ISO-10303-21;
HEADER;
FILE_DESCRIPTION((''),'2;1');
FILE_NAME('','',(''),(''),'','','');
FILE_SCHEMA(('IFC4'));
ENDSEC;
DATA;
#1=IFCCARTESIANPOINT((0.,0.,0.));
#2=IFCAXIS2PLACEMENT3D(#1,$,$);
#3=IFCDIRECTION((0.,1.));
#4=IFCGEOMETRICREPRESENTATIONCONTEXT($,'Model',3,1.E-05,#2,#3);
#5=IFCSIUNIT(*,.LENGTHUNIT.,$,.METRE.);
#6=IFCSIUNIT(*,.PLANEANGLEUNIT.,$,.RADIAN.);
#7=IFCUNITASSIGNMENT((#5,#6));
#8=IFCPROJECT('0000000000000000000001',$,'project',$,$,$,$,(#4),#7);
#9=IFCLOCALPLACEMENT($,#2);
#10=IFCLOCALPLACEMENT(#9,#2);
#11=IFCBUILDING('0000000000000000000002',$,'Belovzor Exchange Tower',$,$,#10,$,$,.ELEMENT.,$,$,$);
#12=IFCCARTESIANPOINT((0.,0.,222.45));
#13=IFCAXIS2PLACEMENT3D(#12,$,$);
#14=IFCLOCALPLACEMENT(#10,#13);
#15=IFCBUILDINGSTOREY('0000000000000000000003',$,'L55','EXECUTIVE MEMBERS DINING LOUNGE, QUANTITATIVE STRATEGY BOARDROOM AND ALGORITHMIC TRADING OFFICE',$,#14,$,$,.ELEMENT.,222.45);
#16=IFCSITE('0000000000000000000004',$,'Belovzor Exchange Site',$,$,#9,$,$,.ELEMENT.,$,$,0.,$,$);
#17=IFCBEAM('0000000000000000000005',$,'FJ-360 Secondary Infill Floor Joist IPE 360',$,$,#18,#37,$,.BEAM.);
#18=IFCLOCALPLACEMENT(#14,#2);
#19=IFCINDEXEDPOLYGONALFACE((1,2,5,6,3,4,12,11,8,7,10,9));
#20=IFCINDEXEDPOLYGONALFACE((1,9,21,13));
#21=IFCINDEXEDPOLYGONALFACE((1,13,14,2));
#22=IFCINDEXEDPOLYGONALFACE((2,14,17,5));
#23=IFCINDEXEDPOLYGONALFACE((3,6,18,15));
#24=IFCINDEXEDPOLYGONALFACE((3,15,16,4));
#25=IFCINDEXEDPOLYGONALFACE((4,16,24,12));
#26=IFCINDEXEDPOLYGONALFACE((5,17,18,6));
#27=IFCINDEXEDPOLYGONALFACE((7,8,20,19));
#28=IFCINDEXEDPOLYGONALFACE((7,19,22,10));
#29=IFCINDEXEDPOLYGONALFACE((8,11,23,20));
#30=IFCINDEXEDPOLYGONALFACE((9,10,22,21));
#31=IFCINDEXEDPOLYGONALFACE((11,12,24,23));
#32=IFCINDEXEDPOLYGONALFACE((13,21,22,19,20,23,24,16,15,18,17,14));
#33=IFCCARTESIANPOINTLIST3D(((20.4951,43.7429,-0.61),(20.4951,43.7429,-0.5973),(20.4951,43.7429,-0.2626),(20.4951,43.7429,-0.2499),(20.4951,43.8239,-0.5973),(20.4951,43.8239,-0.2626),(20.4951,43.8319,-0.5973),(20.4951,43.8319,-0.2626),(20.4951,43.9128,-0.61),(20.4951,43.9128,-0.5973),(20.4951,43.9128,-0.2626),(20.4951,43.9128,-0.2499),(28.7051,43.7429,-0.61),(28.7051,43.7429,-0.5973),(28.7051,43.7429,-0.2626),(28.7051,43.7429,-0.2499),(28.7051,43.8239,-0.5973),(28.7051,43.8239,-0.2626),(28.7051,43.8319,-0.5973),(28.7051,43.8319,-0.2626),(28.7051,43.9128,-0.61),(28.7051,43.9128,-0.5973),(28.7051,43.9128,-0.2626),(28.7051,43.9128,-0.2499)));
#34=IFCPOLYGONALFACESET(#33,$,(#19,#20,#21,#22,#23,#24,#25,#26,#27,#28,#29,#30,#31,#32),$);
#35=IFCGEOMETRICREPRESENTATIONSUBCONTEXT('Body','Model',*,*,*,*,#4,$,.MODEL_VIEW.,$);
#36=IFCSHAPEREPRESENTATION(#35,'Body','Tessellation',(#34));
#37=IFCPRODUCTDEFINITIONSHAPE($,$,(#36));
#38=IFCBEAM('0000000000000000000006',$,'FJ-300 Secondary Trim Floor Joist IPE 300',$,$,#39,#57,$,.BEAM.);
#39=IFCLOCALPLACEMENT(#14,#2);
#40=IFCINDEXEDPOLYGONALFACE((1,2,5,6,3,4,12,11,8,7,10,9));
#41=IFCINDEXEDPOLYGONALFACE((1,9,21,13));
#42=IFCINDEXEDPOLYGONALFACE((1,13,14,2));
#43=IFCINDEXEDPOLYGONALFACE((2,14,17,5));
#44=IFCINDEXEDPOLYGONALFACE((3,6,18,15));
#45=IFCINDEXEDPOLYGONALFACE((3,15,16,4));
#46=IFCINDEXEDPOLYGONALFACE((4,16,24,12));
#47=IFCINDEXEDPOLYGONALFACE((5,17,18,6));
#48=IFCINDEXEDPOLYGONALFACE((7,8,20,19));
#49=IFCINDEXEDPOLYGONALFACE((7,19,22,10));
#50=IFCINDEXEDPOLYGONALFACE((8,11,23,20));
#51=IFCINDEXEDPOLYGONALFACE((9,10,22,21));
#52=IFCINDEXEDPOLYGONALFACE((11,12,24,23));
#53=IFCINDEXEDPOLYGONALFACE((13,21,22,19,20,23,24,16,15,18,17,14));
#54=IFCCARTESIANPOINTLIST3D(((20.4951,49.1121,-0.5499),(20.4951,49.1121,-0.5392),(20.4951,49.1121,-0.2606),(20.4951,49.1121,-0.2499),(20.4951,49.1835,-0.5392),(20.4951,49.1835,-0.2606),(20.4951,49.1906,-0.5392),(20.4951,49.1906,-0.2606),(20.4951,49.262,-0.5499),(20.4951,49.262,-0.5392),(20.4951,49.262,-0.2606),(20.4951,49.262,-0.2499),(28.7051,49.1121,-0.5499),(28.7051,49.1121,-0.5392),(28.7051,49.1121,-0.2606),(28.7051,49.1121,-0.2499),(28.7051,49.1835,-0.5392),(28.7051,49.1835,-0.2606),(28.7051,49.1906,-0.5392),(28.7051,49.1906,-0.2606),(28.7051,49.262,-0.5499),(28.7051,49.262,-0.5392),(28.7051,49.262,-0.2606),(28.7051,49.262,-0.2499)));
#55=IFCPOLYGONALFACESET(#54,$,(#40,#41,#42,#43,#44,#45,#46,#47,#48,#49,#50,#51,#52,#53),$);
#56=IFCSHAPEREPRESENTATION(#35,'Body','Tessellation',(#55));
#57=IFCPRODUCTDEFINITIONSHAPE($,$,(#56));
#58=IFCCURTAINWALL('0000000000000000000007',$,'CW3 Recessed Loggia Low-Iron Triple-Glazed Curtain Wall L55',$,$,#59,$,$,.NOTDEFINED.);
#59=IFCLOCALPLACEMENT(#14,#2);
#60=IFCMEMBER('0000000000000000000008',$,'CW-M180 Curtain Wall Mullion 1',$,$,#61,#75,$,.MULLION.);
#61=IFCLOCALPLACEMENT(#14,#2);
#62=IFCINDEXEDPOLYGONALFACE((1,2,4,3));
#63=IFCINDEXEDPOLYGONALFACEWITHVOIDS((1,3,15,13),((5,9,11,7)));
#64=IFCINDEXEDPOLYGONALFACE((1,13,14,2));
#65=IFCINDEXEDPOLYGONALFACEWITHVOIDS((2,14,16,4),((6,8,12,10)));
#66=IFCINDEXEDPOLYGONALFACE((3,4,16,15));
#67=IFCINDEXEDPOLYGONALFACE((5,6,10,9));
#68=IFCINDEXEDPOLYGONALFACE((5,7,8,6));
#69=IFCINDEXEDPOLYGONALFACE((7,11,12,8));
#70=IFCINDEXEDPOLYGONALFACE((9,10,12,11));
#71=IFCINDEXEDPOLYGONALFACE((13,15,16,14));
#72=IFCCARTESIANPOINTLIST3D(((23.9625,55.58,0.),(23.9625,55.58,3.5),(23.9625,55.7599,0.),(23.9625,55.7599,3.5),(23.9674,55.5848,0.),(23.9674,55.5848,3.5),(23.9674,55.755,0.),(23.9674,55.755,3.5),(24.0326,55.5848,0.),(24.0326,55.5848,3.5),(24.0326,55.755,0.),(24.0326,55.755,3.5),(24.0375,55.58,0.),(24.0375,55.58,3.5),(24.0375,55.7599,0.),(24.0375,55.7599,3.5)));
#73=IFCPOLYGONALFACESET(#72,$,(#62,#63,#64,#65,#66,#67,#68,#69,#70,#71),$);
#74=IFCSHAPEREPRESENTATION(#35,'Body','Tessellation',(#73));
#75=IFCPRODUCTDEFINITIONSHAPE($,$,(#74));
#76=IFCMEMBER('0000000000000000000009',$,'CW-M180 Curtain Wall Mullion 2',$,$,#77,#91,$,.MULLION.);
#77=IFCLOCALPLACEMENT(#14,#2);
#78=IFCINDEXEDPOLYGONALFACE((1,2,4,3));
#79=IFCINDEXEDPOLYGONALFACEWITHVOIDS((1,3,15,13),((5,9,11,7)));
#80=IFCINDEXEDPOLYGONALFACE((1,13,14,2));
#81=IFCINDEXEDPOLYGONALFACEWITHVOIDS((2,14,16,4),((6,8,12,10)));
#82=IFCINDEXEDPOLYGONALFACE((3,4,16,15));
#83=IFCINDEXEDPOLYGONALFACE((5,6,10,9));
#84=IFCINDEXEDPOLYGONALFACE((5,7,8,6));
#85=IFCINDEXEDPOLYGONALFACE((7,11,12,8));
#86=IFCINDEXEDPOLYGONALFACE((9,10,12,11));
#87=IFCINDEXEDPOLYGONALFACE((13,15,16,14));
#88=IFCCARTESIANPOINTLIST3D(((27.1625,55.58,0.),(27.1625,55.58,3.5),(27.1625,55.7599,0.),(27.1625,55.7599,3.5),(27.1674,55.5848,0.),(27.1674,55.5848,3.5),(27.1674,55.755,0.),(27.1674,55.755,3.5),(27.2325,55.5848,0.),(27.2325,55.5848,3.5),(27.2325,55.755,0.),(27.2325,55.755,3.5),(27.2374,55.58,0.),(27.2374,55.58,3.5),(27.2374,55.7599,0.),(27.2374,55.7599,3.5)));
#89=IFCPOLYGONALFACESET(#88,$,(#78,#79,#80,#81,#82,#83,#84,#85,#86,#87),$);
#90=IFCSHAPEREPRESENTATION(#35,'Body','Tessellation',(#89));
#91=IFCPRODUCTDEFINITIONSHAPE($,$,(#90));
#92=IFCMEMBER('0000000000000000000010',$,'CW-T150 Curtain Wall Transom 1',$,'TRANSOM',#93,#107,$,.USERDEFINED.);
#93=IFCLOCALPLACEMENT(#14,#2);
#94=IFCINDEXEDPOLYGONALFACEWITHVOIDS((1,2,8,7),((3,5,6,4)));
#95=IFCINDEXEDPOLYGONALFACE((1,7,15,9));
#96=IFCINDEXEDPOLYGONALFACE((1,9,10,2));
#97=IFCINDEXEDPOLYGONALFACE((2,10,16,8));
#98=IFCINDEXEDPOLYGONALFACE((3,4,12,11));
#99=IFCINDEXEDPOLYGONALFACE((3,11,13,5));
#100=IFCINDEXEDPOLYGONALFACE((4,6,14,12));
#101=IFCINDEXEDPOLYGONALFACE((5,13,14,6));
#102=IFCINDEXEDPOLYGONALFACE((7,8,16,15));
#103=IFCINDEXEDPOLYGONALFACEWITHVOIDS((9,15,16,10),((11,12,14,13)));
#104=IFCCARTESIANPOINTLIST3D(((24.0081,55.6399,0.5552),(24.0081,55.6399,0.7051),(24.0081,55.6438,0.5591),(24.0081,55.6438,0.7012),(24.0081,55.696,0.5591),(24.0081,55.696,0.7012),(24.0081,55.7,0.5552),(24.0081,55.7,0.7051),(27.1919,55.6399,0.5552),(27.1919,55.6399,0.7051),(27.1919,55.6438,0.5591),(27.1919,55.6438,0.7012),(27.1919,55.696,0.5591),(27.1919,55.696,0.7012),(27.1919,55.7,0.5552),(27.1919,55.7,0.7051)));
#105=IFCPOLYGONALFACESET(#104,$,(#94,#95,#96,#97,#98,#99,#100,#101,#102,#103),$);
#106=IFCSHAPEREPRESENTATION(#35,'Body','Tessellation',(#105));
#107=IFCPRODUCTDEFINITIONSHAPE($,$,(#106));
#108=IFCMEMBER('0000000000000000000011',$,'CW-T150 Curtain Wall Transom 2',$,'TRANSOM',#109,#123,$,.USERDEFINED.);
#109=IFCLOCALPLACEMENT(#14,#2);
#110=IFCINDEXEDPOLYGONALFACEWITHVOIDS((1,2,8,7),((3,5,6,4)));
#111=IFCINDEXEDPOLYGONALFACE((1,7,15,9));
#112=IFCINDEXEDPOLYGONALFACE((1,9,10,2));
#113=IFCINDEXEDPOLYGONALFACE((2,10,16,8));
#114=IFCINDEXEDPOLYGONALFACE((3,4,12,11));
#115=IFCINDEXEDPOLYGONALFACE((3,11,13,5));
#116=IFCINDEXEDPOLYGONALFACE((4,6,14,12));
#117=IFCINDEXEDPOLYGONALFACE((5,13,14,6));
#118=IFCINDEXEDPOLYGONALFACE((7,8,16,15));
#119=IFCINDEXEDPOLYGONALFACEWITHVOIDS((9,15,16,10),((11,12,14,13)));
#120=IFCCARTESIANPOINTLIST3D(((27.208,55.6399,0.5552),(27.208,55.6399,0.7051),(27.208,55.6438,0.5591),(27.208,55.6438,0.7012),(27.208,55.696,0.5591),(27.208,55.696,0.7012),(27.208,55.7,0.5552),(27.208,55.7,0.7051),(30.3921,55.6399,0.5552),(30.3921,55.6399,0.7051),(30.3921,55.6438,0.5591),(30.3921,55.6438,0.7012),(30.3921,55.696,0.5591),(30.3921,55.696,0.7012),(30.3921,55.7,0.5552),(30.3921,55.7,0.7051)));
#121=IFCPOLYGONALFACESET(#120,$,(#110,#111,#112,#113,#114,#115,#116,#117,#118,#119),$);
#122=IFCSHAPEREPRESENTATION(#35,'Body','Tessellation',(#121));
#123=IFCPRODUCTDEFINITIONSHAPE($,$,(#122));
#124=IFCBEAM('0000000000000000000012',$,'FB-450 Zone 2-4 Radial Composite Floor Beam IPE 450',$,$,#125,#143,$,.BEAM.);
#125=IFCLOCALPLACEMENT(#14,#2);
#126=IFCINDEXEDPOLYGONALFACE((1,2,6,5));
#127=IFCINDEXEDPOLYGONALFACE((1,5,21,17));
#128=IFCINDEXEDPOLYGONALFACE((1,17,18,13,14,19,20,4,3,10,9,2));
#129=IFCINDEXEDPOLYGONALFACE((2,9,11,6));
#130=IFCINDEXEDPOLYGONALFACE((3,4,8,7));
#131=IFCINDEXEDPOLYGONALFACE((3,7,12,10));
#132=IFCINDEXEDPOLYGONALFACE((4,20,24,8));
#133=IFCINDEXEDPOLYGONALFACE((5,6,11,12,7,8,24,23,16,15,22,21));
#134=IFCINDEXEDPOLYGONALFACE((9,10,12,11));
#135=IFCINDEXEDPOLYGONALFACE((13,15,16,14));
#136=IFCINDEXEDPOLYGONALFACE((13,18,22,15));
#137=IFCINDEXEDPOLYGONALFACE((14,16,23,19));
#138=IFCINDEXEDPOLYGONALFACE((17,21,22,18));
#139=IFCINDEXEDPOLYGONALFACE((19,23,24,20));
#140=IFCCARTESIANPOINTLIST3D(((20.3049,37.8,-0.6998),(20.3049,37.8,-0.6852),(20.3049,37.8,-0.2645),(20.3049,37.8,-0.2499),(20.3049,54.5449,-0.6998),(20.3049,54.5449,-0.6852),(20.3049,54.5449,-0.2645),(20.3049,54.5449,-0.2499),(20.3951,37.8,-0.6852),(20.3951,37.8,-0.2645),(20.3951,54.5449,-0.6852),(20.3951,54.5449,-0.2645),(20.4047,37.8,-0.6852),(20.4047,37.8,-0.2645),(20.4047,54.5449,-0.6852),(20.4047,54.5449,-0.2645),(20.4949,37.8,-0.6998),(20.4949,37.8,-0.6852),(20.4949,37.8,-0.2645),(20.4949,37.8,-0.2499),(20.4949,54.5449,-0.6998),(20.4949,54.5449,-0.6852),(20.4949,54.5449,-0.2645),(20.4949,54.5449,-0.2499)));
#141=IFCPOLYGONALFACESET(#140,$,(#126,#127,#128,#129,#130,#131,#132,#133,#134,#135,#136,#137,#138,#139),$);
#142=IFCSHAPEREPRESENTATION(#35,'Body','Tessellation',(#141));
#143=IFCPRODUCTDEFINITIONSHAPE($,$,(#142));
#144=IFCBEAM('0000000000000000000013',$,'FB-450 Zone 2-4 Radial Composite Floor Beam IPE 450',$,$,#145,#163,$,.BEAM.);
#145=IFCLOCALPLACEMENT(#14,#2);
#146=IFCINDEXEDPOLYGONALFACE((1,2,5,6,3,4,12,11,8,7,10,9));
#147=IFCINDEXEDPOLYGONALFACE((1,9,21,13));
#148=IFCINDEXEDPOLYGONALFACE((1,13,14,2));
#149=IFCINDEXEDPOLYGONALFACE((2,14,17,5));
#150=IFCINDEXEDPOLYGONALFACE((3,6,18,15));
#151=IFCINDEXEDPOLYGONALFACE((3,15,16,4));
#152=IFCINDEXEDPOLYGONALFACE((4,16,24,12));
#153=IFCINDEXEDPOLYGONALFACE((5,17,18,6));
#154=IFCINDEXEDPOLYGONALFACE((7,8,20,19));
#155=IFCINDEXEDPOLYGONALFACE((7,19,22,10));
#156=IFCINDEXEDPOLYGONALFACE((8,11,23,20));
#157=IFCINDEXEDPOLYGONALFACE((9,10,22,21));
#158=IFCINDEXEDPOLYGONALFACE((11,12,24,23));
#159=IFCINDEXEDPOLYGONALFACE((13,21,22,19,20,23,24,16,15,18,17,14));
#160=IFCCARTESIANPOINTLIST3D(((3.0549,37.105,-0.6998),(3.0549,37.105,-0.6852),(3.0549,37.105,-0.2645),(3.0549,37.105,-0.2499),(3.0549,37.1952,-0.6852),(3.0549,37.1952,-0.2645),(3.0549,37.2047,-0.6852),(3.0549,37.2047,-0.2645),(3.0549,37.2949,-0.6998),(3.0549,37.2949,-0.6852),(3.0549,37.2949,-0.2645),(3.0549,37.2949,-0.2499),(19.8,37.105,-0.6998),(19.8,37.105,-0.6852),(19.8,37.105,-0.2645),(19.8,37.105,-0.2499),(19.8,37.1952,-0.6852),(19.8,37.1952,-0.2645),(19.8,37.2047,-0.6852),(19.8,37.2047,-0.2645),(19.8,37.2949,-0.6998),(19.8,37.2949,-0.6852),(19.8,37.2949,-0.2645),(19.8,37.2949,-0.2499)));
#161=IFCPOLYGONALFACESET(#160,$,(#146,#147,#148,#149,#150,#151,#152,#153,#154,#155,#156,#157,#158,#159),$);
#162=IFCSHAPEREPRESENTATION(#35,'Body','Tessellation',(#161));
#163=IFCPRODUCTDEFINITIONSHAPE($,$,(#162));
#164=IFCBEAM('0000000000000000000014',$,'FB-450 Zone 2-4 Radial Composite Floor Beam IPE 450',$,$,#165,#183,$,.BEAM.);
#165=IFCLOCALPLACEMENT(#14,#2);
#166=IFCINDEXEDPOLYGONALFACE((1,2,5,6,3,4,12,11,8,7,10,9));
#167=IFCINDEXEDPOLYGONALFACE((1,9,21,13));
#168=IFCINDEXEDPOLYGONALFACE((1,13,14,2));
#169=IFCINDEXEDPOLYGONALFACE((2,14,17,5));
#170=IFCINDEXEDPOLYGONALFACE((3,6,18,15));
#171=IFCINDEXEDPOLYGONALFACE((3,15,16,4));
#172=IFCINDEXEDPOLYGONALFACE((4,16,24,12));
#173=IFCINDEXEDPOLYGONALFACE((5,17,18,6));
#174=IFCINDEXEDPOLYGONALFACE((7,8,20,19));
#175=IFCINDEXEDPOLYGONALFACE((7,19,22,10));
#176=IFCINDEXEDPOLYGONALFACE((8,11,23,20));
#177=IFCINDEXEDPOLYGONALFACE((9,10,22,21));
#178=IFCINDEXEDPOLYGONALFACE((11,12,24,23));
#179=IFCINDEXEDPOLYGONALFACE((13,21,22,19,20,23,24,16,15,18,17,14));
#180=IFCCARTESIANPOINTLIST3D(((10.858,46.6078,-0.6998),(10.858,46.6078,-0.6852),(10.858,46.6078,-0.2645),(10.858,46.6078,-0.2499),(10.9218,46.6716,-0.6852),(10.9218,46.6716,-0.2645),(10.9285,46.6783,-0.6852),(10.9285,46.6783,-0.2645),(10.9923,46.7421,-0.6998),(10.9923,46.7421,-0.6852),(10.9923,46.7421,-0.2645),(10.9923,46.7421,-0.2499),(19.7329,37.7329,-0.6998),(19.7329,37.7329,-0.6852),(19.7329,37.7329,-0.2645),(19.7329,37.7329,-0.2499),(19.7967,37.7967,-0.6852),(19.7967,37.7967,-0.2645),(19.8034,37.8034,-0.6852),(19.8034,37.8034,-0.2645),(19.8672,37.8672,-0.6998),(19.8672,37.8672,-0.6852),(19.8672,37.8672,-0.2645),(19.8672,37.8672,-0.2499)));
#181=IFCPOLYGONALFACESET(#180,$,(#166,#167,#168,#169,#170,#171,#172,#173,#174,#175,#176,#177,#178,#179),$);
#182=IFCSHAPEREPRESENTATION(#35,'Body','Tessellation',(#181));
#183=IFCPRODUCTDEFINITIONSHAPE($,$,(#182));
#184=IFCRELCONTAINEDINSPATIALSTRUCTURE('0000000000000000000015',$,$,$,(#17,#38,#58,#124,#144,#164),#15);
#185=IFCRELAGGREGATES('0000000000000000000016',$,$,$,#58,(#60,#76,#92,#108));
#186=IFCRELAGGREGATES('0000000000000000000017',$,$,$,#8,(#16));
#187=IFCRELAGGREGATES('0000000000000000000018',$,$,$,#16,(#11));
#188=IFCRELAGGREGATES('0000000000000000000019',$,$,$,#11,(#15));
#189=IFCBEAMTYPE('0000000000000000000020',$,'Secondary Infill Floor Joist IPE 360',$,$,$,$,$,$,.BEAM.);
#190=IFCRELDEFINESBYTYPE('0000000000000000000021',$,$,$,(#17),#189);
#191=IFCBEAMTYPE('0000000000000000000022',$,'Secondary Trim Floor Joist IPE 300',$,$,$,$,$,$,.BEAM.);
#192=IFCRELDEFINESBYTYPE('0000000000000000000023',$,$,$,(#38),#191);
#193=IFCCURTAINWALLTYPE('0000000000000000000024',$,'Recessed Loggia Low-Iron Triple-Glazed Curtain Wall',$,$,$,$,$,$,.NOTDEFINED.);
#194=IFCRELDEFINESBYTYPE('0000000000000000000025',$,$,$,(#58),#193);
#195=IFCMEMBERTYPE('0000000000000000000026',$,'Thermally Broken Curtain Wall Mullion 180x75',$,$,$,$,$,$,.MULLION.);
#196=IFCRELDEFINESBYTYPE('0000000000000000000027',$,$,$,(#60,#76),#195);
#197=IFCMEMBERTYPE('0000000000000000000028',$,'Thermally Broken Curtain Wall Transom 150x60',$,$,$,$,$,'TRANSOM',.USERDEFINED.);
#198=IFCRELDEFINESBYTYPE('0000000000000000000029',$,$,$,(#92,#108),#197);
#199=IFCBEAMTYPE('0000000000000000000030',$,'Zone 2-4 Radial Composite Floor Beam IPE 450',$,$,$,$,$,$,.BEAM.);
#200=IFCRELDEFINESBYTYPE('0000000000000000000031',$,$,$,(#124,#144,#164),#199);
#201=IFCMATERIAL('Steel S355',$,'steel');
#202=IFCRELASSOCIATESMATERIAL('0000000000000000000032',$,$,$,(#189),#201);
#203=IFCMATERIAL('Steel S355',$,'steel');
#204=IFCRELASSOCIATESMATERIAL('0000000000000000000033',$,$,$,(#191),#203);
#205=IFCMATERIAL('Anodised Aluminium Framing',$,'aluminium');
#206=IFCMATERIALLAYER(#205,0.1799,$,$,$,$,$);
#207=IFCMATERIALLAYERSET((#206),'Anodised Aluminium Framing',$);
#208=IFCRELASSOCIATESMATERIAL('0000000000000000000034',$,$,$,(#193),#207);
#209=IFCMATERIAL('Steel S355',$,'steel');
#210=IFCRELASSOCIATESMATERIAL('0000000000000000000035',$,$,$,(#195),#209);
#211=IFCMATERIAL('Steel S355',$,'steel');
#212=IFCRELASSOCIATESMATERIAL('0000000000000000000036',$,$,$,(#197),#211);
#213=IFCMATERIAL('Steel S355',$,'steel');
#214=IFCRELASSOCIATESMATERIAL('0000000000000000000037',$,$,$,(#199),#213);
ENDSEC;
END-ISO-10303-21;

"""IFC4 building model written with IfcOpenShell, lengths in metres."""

from ifc_helpers import new_model, si_unit, direction, frame, origin, origin_2d, place, context, subcontext, project, spatial, hollow_rectangle, i_section, extrude, material, layer, layer_set, material_profile, profile_set, type_object, element, aggregate, save


model = new_model("IFC4")

# Units and contexts
model_context = context("Model", 3, precision=1e-05, world=origin(), true_north=direction((0.0, 1.0)))
body_context = subcontext(model_context, "Body", "Model", "MODEL_VIEW")
ifc_project = project(units=[si_unit("LENGTHUNIT", "METRE"), si_unit("PLANEANGLEUNIT", "RADIAN")], contexts=[model_context])

# Site, building, storey
site_placement = place(None, origin())
site = spatial("IfcSite", under=ifc_project, at=site_placement, Name="Belovzor Exchange Site", CompositionType="ELEMENT", RefElevation=0.0)
building_placement = place(site_placement, origin())
building = spatial("IfcBuilding", under=site, at=building_placement, Name="Belovzor Exchange Tower", CompositionType="ELEMENT")
storey_placement = place(building_placement, frame((0.0, 0.0, 222.45)))
storey = spatial("IfcBuildingStorey", under=building, at=storey_placement, Name="L55", Description="EXECUTIVE MEMBERS DINING LOUNGE, QUANTITATIVE STRATEGY BOARDROOM AND ALGORITHMIC TRADING OFFICE", CompositionType="ELEMENT", Elevation=222.45)

# Beams
ifc_material_1 = material(Name="Steel S355", Category="steel")
ifc_material_profile_1 = material_profile(ifc_material_1, i_section(OverallWidth=0.1699, OverallDepth=0.3601, WebThickness=0.0081, FlangeThickness=0.0127, at=origin_2d()))
ifc_profile_set_1 = profile_set([ifc_material_profile_1], Name="Steel S355")
beam_type_1 = type_object("IfcBeamType", Name="Secondary Infill Floor Joist IPE 360", PredefinedType="BEAM", material=ifc_profile_set_1)
beam_1_placement = place(storey_placement, frame((20.4951, 43.8279, -0.4299), z_axis=(1.0, 0.0, 0.0), x_axis=(0.0, 1.0, 0.0)))
element("IfcBeam", 1, at=beam_1_placement, inside=storey, type_object=beam_type_1, Name="FJ-360 Secondary Infill Floor Joist IPE 360", PredefinedType="BEAM", context=body_context, shape_type="SweptSolid", body=[
    extrude(i_section(OverallWidth=0.1699, OverallDepth=0.3601, WebThickness=0.0081, FlangeThickness=0.0127, at=origin_2d()), origin(), (0.0, 0.0, 1.0), 8.21),
])
ifc_material_2 = material(Name="Steel S355", Category="steel")
ifc_material_profile_2 = material_profile(ifc_material_2, i_section(OverallWidth=0.1499, OverallDepth=0.3, WebThickness=0.0071, FlangeThickness=0.0107, at=origin_2d()))
ifc_profile_set_2 = profile_set([ifc_material_profile_2], Name="Steel S355")
beam_type_2 = type_object("IfcBeamType", Name="Secondary Trim Floor Joist IPE 300", PredefinedType="BEAM", material=ifc_profile_set_2)
beam_2_placement = place(storey_placement, frame((20.4951, 49.187, -0.3999), z_axis=(1.0, 0.0, 0.0), x_axis=(0.0, 1.0, 0.0)))
element("IfcBeam", 2, at=beam_2_placement, inside=storey, type_object=beam_type_2, Name="FJ-300 Secondary Trim Floor Joist IPE 300", PredefinedType="BEAM", context=body_context, shape_type="SweptSolid", body=[
    extrude(i_section(OverallWidth=0.1499, OverallDepth=0.3, WebThickness=0.0071, FlangeThickness=0.0107, at=origin_2d()), origin(), (0.0, 0.0, 1.0), 8.21),
])

# Curtain wall, members
ifc_material_3 = material(Name="Anodised Aluminium Framing", Category="aluminium")
ifc_layer_1 = layer(ifc_material_3, 0.1799)
ifc_layer_set_1 = layer_set([ifc_layer_1], Name="Anodised Aluminium Framing")
curtain_wall_type = type_object("IfcCurtainWallType", Name="Recessed Loggia Low-Iron Triple-Glazed Curtain Wall", PredefinedType="NOTDEFINED", material=ifc_layer_set_1)
curtain_wall_placement = place(storey_placement, origin())
curtain_wall = element("IfcCurtainWall", 3, at=curtain_wall_placement, inside=storey, type_object=curtain_wall_type, Name="CW3 Recessed Loggia Low-Iron Triple-Glazed Curtain Wall L55", PredefinedType="NOTDEFINED")
ifc_material_4 = material(Name="Steel S355", Category="steel")
ifc_material_profile_3 = material_profile(ifc_material_4, hollow_rectangle(XDim=0.075, YDim=0.1799, WallThickness=0.0049, at=origin_2d()))
ifc_profile_set_3 = profile_set([ifc_material_profile_3], Name="Steel S355")
member_type_1 = type_object("IfcMemberType", Name="Thermally Broken Curtain Wall Mullion 180x75", PredefinedType="MULLION", material=ifc_profile_set_3)
member_1_placement = place(storey_placement, frame((24.0, 55.6699, 0.0), z_axis=(0.0, 0.0, 1.0), x_axis=(1.0, 0.0, 0.0)))
member_1 = element("IfcMember", 4, at=member_1_placement, type_object=member_type_1, Name="CW-M180 Curtain Wall Mullion 1", PredefinedType="MULLION", context=body_context, shape_type="SweptSolid", body=[
    extrude(hollow_rectangle(XDim=0.075, YDim=0.1799, WallThickness=0.0049, at=origin_2d()), origin(), (0.0, 0.0, 1.0), 3.5),
])
member_2_placement = place(storey_placement, frame((27.2, 55.6699, 0.0), z_axis=(0.0, 0.0, 1.0), x_axis=(1.0, 0.0, 0.0)))
member_2 = element("IfcMember", 5, at=member_2_placement, type_object=member_type_1, Name="CW-M180 Curtain Wall Mullion 2", PredefinedType="MULLION", context=body_context, shape_type="SweptSolid", body=[
    extrude(hollow_rectangle(XDim=0.075, YDim=0.1799, WallThickness=0.0049, at=origin_2d()), origin(), (0.0, 0.0, 1.0), 3.5),
])
ifc_material_5 = material(Name="Steel S355", Category="steel")
ifc_material_profile_4 = material_profile(ifc_material_5, hollow_rectangle(XDim=0.0601, YDim=0.1499, WallThickness=0.0039, at=origin_2d()))
ifc_profile_set_4 = profile_set([ifc_material_profile_4], Name="Steel S355")
member_type_2 = type_object("IfcMemberType", Name="Thermally Broken Curtain Wall Transom 150x60", ElementType="TRANSOM", PredefinedType="USERDEFINED", material=ifc_profile_set_4)
member_3_placement = place(storey_placement, frame((24.0081, 55.6699, 0.6301), z_axis=(1.0, 0.0, 0.0), x_axis=(0.0, 1.0, 0.0)))
member_3 = element("IfcMember", 6, at=member_3_placement, type_object=member_type_2, Name="CW-T150 Curtain Wall Transom 1", ObjectType="TRANSOM", PredefinedType="USERDEFINED", context=body_context, shape_type="SweptSolid", body=[
    extrude(hollow_rectangle(XDim=0.0601, YDim=0.1499, WallThickness=0.0039, at=origin_2d()), origin(), (0.0, 0.0, 1.0), 3.1838),
])
member_4_placement = place(storey_placement, frame((27.208, 55.6699, 0.6301), z_axis=(1.0, 0.0, 0.0), x_axis=(0.0, 1.0, 0.0)))
member_4 = element("IfcMember", 7, at=member_4_placement, type_object=member_type_2, Name="CW-T150 Curtain Wall Transom 2", ObjectType="TRANSOM", PredefinedType="USERDEFINED", context=body_context, shape_type="SweptSolid", body=[
    extrude(hollow_rectangle(XDim=0.0601, YDim=0.1499, WallThickness=0.0039, at=origin_2d()), origin(), (0.0, 0.0, 1.0), 3.1841),
])

# Beams
ifc_material_6 = material(Name="Steel S355", Category="steel")
ifc_material_profile_5 = material_profile(ifc_material_6, i_section(OverallWidth=0.1899, OverallDepth=0.45, WebThickness=0.0095, FlangeThickness=0.0146, at=origin_2d()))
ifc_profile_set_5 = profile_set([ifc_material_profile_5], Name="Steel S355")
beam_type_3 = type_object("IfcBeamType", Name="Zone 2-4 Radial Composite Floor Beam IPE 450", PredefinedType="BEAM", material=ifc_profile_set_5)
beam_3_placement = place(storey_placement, frame((20.3999, 37.8, -0.4749), z_axis=(0.0, 1.0, 0.0), x_axis=(-1.0, 0.0, 0.0)))
element("IfcBeam", 8, at=beam_3_placement, inside=storey, type_object=beam_type_3, Name="FB-450 Zone 2-4 Radial Composite Floor Beam IPE 450", PredefinedType="BEAM", context=body_context, shape_type="SweptSolid", body=[
    extrude(i_section(OverallWidth=0.1899, OverallDepth=0.45, WebThickness=0.0095, FlangeThickness=0.0146, at=origin_2d()), origin(), (0.0, 0.0, 1.0), 16.7449),
])
beam_4_placement = place(storey_placement, frame((19.8, 37.2, -0.4749), z_axis=(-1.0, 0.0, 0.0), x_axis=(0.0, -1.0, 0.0)))
element("IfcBeam", 9, at=beam_4_placement, inside=storey, type_object=beam_type_3, Name="FB-450 Zone 2-4 Radial Composite Floor Beam IPE 450", PredefinedType="BEAM", context=body_context, shape_type="SweptSolid", body=[
    extrude(i_section(OverallWidth=0.1899, OverallDepth=0.45, WebThickness=0.0095, FlangeThickness=0.0146, at=origin_2d()), origin(), (0.0, 0.0, 1.0), 16.7451),
])
beam_5_placement = place(storey_placement, frame((19.8, 37.8, -0.4749), z_axis=(-0.707107, 0.707107, 0.0), x_axis=(-0.707107, -0.707107, 0.0)))
element("IfcBeam", 10, at=beam_5_placement, inside=storey, type_object=beam_type_3, Name="FB-450 Zone 2-4 Radial Composite Floor Beam IPE 450", PredefinedType="BEAM", context=body_context, shape_type="SweptSolid", body=[
    extrude(i_section(OverallWidth=0.1899, OverallDepth=0.45, WebThickness=0.0095, FlangeThickness=0.0146, at=origin_2d()), origin(), (0.0, 0.0, 1.0), 12.551),
])

aggregate(curtain_wall, [member_1, member_2, member_3, member_4])

save(model, "model.ifc")
